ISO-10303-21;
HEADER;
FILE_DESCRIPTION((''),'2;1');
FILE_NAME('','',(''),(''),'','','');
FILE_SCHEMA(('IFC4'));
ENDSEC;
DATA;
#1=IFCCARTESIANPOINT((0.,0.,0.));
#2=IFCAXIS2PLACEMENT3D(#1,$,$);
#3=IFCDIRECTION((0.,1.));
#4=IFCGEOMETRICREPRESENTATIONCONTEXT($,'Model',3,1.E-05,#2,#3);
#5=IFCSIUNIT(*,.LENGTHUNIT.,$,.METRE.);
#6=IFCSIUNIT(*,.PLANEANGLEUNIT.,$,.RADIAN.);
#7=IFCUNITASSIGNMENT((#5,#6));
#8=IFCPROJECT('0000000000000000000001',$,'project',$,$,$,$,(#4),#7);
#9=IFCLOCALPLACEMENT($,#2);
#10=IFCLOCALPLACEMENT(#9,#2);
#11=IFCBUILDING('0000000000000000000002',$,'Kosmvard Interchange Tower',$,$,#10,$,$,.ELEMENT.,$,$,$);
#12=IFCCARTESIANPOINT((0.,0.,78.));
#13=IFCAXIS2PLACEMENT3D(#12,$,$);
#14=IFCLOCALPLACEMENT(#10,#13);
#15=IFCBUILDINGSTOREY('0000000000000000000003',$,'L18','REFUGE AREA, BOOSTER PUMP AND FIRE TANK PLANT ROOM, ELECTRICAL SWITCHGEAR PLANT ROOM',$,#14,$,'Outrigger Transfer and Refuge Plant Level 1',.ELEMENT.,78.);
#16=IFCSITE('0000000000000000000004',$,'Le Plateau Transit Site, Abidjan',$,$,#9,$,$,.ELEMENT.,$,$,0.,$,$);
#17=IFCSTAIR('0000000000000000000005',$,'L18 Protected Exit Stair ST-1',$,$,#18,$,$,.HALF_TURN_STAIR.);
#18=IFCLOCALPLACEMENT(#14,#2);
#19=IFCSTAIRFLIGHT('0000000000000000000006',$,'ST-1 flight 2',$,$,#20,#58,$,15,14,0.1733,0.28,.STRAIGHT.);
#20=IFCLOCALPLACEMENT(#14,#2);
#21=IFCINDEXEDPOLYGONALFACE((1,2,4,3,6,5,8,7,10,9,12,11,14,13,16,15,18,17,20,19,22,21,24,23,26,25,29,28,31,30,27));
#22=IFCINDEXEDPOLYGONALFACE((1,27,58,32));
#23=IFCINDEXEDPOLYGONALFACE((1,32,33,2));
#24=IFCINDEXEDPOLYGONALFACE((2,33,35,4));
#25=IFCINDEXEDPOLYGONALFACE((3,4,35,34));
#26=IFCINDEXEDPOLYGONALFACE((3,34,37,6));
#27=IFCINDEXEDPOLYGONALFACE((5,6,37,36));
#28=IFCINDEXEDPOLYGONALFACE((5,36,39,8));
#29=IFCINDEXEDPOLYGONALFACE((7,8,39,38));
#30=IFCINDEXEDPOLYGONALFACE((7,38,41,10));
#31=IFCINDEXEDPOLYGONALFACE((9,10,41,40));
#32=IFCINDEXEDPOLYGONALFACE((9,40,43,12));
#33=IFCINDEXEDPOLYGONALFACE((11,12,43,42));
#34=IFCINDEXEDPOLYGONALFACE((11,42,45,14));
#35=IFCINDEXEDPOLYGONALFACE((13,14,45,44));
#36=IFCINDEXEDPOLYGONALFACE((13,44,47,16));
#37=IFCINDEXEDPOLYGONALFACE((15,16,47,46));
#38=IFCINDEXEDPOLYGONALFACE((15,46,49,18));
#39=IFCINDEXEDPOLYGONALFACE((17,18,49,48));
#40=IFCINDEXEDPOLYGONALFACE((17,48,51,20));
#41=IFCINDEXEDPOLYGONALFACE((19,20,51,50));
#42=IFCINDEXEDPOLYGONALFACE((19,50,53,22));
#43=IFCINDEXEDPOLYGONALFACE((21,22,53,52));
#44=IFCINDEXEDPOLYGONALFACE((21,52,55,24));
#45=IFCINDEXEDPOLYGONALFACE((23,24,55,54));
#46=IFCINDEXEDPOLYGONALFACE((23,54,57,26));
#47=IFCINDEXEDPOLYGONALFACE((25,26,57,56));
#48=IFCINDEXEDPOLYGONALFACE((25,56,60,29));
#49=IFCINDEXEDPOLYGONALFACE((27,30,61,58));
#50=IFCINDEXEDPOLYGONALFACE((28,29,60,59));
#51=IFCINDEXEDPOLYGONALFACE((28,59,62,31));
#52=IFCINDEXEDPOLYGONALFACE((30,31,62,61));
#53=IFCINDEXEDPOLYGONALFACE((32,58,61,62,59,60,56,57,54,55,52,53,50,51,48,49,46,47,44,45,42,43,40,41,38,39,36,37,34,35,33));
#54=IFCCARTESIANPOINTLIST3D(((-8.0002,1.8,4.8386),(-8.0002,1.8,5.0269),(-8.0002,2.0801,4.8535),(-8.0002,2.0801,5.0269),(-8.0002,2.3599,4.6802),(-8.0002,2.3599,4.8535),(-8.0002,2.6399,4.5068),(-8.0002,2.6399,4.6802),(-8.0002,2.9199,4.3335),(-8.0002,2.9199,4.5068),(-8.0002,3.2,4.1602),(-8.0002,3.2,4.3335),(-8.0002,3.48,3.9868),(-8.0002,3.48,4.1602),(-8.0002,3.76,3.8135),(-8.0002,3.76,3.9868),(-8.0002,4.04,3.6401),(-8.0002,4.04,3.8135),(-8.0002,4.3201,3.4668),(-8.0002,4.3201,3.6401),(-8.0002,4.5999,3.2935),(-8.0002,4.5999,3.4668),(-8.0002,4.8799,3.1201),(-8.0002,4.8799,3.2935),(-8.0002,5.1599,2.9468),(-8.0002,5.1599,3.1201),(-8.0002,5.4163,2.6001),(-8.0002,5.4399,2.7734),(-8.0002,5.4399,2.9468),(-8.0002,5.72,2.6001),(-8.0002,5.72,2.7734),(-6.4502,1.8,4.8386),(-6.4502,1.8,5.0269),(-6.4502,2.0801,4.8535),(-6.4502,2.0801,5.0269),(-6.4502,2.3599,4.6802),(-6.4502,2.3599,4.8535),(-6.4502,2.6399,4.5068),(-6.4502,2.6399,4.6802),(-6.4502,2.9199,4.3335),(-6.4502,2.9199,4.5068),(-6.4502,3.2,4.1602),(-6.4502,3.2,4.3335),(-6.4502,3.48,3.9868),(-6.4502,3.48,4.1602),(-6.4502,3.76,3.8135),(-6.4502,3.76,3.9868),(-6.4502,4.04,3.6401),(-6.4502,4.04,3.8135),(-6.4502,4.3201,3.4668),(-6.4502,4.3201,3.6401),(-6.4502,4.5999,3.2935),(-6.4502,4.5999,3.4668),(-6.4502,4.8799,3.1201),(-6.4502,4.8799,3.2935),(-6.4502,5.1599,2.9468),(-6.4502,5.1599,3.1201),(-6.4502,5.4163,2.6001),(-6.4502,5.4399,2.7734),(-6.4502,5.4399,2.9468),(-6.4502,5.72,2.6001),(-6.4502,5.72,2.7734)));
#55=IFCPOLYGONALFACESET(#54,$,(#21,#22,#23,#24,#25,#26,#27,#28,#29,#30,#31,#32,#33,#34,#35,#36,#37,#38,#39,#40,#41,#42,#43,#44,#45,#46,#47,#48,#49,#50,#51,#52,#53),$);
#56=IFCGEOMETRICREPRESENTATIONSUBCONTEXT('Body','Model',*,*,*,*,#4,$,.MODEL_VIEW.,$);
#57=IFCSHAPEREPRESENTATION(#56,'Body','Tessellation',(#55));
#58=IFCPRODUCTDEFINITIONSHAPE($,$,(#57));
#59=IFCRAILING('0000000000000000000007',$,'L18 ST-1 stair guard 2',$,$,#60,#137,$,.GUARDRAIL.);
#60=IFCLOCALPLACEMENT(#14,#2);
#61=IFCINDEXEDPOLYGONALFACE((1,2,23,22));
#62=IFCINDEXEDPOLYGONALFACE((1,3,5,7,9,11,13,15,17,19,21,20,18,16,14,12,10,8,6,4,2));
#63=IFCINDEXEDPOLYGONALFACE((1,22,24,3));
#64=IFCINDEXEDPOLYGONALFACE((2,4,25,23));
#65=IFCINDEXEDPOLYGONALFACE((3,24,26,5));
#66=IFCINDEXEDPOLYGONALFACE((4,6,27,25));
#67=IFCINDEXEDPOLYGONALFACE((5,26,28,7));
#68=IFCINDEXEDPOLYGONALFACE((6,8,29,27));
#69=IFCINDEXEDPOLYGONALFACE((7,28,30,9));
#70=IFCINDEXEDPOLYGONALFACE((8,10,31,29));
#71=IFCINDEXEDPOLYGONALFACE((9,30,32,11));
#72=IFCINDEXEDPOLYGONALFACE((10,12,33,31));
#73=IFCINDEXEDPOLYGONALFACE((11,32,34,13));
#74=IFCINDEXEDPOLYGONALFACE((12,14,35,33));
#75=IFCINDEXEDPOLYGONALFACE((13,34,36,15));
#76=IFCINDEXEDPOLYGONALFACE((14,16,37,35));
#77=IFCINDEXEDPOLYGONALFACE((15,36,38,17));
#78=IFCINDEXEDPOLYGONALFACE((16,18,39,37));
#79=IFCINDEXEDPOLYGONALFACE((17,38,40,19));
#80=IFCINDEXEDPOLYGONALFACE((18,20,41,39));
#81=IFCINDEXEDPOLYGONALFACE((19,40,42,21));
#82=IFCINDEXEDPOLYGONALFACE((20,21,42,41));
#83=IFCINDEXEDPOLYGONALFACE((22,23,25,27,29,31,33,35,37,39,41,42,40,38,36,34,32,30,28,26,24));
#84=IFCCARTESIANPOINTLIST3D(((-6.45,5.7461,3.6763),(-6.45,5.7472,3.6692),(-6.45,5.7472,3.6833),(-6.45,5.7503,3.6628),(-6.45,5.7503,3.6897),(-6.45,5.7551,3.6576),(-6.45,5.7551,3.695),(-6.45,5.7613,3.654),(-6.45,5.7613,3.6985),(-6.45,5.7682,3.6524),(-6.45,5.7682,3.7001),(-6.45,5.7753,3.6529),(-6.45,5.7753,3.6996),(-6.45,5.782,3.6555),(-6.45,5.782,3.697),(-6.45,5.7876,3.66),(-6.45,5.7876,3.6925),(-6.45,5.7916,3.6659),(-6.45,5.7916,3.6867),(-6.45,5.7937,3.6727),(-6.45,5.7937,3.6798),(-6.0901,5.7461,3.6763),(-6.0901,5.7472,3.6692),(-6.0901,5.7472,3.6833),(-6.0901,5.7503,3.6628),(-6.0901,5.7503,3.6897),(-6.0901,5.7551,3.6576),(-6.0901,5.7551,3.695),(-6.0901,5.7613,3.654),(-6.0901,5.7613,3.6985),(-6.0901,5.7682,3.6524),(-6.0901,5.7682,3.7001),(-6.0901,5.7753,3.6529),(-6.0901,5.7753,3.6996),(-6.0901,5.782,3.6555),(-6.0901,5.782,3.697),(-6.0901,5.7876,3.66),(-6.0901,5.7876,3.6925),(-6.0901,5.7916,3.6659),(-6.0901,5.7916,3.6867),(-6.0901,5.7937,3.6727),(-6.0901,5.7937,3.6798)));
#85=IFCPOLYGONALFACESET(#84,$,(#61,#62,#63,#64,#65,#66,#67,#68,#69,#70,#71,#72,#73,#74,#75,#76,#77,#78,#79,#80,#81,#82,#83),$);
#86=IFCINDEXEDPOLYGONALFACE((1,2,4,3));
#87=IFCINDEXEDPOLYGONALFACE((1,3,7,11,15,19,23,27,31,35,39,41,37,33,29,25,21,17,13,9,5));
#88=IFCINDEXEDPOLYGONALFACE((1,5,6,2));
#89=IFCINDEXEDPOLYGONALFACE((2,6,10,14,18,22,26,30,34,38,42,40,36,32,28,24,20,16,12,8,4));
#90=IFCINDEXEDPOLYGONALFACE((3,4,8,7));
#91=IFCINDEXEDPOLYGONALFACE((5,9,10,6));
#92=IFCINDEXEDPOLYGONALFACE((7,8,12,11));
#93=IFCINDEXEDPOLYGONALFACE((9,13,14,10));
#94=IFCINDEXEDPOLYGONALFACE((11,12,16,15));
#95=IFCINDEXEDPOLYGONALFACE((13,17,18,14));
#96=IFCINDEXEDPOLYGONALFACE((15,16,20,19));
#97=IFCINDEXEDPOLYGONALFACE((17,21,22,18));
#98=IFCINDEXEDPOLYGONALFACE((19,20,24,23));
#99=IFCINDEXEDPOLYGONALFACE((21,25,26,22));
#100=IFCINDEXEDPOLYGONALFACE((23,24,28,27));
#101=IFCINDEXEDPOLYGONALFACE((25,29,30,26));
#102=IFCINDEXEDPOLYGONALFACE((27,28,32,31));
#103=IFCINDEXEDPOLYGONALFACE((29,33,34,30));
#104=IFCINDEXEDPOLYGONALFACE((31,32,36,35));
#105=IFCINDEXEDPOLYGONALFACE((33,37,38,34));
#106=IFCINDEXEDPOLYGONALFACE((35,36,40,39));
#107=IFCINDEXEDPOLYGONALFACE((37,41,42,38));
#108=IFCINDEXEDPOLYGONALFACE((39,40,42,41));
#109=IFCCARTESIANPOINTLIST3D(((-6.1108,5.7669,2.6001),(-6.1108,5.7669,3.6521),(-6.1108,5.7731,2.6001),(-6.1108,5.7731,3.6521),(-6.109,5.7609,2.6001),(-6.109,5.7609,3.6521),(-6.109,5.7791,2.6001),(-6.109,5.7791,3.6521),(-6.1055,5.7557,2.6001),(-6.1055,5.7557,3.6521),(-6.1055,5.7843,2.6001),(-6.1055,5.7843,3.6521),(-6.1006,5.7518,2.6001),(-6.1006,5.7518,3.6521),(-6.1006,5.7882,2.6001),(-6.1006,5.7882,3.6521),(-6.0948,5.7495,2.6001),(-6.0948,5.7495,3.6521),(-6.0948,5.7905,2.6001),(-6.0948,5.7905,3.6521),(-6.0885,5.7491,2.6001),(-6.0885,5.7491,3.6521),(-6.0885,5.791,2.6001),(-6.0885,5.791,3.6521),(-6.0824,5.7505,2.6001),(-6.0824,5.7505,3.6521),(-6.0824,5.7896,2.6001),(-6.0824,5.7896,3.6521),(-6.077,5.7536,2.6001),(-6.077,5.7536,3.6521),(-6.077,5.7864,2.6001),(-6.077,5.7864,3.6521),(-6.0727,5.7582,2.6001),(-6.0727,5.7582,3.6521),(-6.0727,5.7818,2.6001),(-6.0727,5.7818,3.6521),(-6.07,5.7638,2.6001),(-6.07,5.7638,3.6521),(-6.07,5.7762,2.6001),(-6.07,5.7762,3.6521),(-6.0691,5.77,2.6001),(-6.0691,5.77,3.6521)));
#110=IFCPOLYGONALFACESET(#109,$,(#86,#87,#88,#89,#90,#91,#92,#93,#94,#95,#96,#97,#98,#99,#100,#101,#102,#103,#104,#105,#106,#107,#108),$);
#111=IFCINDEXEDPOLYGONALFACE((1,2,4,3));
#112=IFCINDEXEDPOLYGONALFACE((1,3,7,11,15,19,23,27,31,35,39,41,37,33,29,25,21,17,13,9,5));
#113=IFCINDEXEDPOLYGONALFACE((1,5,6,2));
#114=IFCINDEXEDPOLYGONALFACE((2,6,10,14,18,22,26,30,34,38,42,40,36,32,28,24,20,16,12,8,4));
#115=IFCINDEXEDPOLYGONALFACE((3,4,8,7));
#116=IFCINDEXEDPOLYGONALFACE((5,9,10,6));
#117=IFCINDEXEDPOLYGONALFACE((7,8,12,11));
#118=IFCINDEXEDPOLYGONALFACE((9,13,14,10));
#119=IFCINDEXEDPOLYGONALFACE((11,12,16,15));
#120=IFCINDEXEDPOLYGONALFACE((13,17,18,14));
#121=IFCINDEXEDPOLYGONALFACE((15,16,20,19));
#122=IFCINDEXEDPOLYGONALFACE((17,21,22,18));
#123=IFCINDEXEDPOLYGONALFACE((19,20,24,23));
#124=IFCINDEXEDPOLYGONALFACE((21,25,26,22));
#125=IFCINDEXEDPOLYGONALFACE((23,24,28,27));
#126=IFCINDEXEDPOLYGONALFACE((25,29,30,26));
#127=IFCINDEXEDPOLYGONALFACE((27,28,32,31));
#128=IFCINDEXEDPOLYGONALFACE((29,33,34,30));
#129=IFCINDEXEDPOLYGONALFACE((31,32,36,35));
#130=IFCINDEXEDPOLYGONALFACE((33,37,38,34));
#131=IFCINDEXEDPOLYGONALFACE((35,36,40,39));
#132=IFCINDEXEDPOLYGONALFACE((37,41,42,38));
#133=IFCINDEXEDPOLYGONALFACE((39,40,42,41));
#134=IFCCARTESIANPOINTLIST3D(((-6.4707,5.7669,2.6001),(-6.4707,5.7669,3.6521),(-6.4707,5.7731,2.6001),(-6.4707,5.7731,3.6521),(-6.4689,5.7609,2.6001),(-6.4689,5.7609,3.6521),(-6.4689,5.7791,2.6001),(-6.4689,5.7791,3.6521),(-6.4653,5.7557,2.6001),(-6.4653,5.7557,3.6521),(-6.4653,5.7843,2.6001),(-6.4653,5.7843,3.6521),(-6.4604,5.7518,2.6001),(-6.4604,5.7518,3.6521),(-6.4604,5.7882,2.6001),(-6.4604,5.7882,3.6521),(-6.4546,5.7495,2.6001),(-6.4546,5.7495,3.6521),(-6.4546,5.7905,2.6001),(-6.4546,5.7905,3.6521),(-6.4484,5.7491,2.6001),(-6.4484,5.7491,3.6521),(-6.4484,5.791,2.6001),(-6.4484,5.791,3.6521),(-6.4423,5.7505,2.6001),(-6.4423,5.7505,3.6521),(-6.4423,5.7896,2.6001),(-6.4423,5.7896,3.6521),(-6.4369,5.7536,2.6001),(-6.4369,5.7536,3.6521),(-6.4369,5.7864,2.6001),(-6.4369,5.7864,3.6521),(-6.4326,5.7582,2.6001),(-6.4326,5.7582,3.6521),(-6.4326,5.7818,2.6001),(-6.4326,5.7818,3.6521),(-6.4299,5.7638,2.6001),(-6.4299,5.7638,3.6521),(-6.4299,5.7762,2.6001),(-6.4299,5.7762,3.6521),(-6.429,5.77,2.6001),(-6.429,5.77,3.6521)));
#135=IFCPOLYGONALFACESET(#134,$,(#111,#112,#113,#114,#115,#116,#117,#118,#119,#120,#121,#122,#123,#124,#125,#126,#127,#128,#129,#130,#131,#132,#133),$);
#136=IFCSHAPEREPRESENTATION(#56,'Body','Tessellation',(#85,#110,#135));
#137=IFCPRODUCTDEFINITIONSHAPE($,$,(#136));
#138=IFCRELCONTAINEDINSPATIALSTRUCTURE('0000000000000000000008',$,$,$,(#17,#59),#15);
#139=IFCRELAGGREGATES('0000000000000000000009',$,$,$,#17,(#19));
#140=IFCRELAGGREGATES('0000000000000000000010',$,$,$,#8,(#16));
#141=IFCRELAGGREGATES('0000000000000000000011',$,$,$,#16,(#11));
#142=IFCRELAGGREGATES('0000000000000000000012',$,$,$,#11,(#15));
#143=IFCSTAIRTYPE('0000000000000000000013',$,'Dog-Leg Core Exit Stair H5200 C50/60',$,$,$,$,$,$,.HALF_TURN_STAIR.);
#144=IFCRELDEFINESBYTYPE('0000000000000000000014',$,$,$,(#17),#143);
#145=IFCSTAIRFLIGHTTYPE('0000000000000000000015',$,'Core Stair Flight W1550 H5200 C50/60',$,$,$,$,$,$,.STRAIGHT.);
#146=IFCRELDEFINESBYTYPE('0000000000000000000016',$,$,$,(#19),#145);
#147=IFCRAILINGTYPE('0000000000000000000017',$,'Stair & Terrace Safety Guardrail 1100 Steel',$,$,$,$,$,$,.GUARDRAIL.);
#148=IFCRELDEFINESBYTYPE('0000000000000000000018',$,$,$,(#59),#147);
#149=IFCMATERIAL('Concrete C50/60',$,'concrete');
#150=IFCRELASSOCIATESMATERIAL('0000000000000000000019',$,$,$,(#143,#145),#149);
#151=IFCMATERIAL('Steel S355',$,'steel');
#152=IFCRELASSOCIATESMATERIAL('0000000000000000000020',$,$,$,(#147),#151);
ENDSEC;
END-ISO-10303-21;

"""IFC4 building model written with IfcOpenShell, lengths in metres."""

from ifc_helpers import new_model, si_unit, direction, frame, origin, origin_2d, place, context, subcontext, project, spatial, polyline, circle, outline, extrude, source, transform, mapped, material, type_object, element, aggregate, save


model = new_model("IFC4")

# Units and contexts
model_context = context("Model", 3, precision=1e-05, world=origin(), true_north=direction((0.0, 1.0)))
body_context = subcontext(model_context, "Body", "Model", "MODEL_VIEW")
ifc_project = project(units=[si_unit("LENGTHUNIT", "METRE"), si_unit("PLANEANGLEUNIT", "RADIAN")], contexts=[model_context])

# Site, building, storey
site_placement = place(None, origin())
site = spatial("IfcSite", under=ifc_project, at=site_placement, Name="Le Plateau Transit Site, Abidjan", CompositionType="ELEMENT", RefElevation=0.0)
building_placement = place(site_placement, origin())
building = spatial("IfcBuilding", under=site, at=building_placement, Name="Kosmvard Interchange Tower", CompositionType="ELEMENT")
storey_placement = place(building_placement, frame((0.0, 0.0, 78.0)))
storey = spatial("IfcBuildingStorey", under=building, at=storey_placement, Name="L18", Description="REFUGE AREA, BOOSTER PUMP AND FIRE TANK PLANT ROOM, ELECTRICAL SWITCHGEAR PLANT ROOM", LongName="Outrigger Transfer and Refuge Plant Level 1", CompositionType="ELEMENT", Elevation=78.0)

# Stair, stair flight
ifc_material_1 = material(Name="Concrete C50/60", Category="concrete")
stair_type = type_object("IfcStairType", Name="Dog-Leg Core Exit Stair H5200 C50/60", PredefinedType="HALF_TURN_STAIR", material=ifc_material_1)
stair_placement = place(storey_placement, origin())
stair = element("IfcStair", 1, at=stair_placement, inside=storey, type_object=stair_type, Name="L18 Protected Exit Stair ST-1", PredefinedType="HALF_TURN_STAIR")
stair_flight_type = type_object("IfcStairFlightType", Name="Core Stair Flight W1550 H5200 C50/60", PredefinedType="STRAIGHT", material=ifc_material_1)
shared_shape_1 = source(origin(), body_context, "Body", "SweptSolid", [
    extrude(outline(polyline([(0.0, 0.0), (0.0, 0.1733), (0.28, 0.1733), (0.28, 0.3467), (0.5601, 0.3467), (0.5601, 0.52), (0.8401, 0.52), (0.8401, 0.6934), (1.1201, 0.6934), (1.1201, 0.8667), (1.3999, 0.8667), (1.3999, 1.04), (1.6799, 1.04), (1.6799, 1.2134), (1.96, 1.2134), (1.96, 1.3867), (2.24, 1.3867), (2.24, 1.5601), (2.52, 1.5601), (2.52, 1.7334), (2.8, 1.7334), (2.8, 1.9067), (3.0801, 1.9067), (3.0801, 2.0801), (3.3601, 2.0801), (3.3601, 2.2534), (3.6399, 2.2534), (3.6399, 2.4268), (3.9199, 2.4268), (3.9199, 2.6001), (3.9199, 2.2385), (0.3037, 0.0), (0.0, 0.0)])), frame((0.0, 0.7749, 0.0), z_axis=(0.0, -1.0, 0.0), x_axis=(1.0, 0.0, 0.0)), (0.0, 0.0, 1.0), 1.55),
])
stair_flight_1_placement = place(storey_placement, frame((-7.2251, 5.72, 2.6001), z_axis=(0.0, 0.0, 1.0), x_axis=(0.0, -1.0, 0.0)))
stair_flight_1 = element("IfcStairFlight", 2, at=stair_flight_1_placement, type_object=stair_flight_type, Name="ST-1 flight 2", NumberOfRisers=15, NumberOfTreads=14, PredefinedType="STRAIGHT", RiserHeight=0.1733, TreadLength=0.28, context=body_context, shape_type="MappedRepresentation", body=[
    mapped(shared_shape_1, transform((0.0, 0.0, 0.0), scale=1.0)),
])
aggregate(stair, [stair_flight_1])

# Railing
ifc_material_2 = material(Name="Steel S355", Category="steel")
railing_type_1 = type_object("IfcRailingType", Name="Stair & Terrace Safety Guardrail 1100 Steel", PredefinedType="GUARDRAIL", material=ifc_material_2)
shared_shape_2 = source(origin(), body_context, "Body", "SweptSolid", [
    extrude(circle(Radius=0.0239, at=origin_2d()), frame((0.0, 0.0, 1.0762), z_axis=(-1.0, 0.0, 0.0), x_axis=(0.0, -1.0, 0.0)), (0.0, 0.0, 1.0), 0.3599),
    extrude(circle(Radius=0.021, at=origin_2d()), origin(), (0.0, 0.0, 1.0), 1.052),
    extrude(circle(Radius=0.021, at=origin_2d()), frame((-0.3599, 0.0, 0.0)), (0.0, 0.0, 1.0), 1.052),
])
for number, where, name in (
    (3, (-6.0901, 5.77, 2.6001), "L18 ST-1 stair guard 2"),
):
    element("IfcRailing", number, at=place(storey_placement, frame(where)), inside=storey, type_object=railing_type_1, Name=name, PredefinedType="GUARDRAIL", context=body_context, shape_type="MappedRepresentation", body=[
        mapped(shared_shape_2, transform((0.0, 0.0, 0.0), scale=1.0)),
    ])

save(model, "model.ifc")
